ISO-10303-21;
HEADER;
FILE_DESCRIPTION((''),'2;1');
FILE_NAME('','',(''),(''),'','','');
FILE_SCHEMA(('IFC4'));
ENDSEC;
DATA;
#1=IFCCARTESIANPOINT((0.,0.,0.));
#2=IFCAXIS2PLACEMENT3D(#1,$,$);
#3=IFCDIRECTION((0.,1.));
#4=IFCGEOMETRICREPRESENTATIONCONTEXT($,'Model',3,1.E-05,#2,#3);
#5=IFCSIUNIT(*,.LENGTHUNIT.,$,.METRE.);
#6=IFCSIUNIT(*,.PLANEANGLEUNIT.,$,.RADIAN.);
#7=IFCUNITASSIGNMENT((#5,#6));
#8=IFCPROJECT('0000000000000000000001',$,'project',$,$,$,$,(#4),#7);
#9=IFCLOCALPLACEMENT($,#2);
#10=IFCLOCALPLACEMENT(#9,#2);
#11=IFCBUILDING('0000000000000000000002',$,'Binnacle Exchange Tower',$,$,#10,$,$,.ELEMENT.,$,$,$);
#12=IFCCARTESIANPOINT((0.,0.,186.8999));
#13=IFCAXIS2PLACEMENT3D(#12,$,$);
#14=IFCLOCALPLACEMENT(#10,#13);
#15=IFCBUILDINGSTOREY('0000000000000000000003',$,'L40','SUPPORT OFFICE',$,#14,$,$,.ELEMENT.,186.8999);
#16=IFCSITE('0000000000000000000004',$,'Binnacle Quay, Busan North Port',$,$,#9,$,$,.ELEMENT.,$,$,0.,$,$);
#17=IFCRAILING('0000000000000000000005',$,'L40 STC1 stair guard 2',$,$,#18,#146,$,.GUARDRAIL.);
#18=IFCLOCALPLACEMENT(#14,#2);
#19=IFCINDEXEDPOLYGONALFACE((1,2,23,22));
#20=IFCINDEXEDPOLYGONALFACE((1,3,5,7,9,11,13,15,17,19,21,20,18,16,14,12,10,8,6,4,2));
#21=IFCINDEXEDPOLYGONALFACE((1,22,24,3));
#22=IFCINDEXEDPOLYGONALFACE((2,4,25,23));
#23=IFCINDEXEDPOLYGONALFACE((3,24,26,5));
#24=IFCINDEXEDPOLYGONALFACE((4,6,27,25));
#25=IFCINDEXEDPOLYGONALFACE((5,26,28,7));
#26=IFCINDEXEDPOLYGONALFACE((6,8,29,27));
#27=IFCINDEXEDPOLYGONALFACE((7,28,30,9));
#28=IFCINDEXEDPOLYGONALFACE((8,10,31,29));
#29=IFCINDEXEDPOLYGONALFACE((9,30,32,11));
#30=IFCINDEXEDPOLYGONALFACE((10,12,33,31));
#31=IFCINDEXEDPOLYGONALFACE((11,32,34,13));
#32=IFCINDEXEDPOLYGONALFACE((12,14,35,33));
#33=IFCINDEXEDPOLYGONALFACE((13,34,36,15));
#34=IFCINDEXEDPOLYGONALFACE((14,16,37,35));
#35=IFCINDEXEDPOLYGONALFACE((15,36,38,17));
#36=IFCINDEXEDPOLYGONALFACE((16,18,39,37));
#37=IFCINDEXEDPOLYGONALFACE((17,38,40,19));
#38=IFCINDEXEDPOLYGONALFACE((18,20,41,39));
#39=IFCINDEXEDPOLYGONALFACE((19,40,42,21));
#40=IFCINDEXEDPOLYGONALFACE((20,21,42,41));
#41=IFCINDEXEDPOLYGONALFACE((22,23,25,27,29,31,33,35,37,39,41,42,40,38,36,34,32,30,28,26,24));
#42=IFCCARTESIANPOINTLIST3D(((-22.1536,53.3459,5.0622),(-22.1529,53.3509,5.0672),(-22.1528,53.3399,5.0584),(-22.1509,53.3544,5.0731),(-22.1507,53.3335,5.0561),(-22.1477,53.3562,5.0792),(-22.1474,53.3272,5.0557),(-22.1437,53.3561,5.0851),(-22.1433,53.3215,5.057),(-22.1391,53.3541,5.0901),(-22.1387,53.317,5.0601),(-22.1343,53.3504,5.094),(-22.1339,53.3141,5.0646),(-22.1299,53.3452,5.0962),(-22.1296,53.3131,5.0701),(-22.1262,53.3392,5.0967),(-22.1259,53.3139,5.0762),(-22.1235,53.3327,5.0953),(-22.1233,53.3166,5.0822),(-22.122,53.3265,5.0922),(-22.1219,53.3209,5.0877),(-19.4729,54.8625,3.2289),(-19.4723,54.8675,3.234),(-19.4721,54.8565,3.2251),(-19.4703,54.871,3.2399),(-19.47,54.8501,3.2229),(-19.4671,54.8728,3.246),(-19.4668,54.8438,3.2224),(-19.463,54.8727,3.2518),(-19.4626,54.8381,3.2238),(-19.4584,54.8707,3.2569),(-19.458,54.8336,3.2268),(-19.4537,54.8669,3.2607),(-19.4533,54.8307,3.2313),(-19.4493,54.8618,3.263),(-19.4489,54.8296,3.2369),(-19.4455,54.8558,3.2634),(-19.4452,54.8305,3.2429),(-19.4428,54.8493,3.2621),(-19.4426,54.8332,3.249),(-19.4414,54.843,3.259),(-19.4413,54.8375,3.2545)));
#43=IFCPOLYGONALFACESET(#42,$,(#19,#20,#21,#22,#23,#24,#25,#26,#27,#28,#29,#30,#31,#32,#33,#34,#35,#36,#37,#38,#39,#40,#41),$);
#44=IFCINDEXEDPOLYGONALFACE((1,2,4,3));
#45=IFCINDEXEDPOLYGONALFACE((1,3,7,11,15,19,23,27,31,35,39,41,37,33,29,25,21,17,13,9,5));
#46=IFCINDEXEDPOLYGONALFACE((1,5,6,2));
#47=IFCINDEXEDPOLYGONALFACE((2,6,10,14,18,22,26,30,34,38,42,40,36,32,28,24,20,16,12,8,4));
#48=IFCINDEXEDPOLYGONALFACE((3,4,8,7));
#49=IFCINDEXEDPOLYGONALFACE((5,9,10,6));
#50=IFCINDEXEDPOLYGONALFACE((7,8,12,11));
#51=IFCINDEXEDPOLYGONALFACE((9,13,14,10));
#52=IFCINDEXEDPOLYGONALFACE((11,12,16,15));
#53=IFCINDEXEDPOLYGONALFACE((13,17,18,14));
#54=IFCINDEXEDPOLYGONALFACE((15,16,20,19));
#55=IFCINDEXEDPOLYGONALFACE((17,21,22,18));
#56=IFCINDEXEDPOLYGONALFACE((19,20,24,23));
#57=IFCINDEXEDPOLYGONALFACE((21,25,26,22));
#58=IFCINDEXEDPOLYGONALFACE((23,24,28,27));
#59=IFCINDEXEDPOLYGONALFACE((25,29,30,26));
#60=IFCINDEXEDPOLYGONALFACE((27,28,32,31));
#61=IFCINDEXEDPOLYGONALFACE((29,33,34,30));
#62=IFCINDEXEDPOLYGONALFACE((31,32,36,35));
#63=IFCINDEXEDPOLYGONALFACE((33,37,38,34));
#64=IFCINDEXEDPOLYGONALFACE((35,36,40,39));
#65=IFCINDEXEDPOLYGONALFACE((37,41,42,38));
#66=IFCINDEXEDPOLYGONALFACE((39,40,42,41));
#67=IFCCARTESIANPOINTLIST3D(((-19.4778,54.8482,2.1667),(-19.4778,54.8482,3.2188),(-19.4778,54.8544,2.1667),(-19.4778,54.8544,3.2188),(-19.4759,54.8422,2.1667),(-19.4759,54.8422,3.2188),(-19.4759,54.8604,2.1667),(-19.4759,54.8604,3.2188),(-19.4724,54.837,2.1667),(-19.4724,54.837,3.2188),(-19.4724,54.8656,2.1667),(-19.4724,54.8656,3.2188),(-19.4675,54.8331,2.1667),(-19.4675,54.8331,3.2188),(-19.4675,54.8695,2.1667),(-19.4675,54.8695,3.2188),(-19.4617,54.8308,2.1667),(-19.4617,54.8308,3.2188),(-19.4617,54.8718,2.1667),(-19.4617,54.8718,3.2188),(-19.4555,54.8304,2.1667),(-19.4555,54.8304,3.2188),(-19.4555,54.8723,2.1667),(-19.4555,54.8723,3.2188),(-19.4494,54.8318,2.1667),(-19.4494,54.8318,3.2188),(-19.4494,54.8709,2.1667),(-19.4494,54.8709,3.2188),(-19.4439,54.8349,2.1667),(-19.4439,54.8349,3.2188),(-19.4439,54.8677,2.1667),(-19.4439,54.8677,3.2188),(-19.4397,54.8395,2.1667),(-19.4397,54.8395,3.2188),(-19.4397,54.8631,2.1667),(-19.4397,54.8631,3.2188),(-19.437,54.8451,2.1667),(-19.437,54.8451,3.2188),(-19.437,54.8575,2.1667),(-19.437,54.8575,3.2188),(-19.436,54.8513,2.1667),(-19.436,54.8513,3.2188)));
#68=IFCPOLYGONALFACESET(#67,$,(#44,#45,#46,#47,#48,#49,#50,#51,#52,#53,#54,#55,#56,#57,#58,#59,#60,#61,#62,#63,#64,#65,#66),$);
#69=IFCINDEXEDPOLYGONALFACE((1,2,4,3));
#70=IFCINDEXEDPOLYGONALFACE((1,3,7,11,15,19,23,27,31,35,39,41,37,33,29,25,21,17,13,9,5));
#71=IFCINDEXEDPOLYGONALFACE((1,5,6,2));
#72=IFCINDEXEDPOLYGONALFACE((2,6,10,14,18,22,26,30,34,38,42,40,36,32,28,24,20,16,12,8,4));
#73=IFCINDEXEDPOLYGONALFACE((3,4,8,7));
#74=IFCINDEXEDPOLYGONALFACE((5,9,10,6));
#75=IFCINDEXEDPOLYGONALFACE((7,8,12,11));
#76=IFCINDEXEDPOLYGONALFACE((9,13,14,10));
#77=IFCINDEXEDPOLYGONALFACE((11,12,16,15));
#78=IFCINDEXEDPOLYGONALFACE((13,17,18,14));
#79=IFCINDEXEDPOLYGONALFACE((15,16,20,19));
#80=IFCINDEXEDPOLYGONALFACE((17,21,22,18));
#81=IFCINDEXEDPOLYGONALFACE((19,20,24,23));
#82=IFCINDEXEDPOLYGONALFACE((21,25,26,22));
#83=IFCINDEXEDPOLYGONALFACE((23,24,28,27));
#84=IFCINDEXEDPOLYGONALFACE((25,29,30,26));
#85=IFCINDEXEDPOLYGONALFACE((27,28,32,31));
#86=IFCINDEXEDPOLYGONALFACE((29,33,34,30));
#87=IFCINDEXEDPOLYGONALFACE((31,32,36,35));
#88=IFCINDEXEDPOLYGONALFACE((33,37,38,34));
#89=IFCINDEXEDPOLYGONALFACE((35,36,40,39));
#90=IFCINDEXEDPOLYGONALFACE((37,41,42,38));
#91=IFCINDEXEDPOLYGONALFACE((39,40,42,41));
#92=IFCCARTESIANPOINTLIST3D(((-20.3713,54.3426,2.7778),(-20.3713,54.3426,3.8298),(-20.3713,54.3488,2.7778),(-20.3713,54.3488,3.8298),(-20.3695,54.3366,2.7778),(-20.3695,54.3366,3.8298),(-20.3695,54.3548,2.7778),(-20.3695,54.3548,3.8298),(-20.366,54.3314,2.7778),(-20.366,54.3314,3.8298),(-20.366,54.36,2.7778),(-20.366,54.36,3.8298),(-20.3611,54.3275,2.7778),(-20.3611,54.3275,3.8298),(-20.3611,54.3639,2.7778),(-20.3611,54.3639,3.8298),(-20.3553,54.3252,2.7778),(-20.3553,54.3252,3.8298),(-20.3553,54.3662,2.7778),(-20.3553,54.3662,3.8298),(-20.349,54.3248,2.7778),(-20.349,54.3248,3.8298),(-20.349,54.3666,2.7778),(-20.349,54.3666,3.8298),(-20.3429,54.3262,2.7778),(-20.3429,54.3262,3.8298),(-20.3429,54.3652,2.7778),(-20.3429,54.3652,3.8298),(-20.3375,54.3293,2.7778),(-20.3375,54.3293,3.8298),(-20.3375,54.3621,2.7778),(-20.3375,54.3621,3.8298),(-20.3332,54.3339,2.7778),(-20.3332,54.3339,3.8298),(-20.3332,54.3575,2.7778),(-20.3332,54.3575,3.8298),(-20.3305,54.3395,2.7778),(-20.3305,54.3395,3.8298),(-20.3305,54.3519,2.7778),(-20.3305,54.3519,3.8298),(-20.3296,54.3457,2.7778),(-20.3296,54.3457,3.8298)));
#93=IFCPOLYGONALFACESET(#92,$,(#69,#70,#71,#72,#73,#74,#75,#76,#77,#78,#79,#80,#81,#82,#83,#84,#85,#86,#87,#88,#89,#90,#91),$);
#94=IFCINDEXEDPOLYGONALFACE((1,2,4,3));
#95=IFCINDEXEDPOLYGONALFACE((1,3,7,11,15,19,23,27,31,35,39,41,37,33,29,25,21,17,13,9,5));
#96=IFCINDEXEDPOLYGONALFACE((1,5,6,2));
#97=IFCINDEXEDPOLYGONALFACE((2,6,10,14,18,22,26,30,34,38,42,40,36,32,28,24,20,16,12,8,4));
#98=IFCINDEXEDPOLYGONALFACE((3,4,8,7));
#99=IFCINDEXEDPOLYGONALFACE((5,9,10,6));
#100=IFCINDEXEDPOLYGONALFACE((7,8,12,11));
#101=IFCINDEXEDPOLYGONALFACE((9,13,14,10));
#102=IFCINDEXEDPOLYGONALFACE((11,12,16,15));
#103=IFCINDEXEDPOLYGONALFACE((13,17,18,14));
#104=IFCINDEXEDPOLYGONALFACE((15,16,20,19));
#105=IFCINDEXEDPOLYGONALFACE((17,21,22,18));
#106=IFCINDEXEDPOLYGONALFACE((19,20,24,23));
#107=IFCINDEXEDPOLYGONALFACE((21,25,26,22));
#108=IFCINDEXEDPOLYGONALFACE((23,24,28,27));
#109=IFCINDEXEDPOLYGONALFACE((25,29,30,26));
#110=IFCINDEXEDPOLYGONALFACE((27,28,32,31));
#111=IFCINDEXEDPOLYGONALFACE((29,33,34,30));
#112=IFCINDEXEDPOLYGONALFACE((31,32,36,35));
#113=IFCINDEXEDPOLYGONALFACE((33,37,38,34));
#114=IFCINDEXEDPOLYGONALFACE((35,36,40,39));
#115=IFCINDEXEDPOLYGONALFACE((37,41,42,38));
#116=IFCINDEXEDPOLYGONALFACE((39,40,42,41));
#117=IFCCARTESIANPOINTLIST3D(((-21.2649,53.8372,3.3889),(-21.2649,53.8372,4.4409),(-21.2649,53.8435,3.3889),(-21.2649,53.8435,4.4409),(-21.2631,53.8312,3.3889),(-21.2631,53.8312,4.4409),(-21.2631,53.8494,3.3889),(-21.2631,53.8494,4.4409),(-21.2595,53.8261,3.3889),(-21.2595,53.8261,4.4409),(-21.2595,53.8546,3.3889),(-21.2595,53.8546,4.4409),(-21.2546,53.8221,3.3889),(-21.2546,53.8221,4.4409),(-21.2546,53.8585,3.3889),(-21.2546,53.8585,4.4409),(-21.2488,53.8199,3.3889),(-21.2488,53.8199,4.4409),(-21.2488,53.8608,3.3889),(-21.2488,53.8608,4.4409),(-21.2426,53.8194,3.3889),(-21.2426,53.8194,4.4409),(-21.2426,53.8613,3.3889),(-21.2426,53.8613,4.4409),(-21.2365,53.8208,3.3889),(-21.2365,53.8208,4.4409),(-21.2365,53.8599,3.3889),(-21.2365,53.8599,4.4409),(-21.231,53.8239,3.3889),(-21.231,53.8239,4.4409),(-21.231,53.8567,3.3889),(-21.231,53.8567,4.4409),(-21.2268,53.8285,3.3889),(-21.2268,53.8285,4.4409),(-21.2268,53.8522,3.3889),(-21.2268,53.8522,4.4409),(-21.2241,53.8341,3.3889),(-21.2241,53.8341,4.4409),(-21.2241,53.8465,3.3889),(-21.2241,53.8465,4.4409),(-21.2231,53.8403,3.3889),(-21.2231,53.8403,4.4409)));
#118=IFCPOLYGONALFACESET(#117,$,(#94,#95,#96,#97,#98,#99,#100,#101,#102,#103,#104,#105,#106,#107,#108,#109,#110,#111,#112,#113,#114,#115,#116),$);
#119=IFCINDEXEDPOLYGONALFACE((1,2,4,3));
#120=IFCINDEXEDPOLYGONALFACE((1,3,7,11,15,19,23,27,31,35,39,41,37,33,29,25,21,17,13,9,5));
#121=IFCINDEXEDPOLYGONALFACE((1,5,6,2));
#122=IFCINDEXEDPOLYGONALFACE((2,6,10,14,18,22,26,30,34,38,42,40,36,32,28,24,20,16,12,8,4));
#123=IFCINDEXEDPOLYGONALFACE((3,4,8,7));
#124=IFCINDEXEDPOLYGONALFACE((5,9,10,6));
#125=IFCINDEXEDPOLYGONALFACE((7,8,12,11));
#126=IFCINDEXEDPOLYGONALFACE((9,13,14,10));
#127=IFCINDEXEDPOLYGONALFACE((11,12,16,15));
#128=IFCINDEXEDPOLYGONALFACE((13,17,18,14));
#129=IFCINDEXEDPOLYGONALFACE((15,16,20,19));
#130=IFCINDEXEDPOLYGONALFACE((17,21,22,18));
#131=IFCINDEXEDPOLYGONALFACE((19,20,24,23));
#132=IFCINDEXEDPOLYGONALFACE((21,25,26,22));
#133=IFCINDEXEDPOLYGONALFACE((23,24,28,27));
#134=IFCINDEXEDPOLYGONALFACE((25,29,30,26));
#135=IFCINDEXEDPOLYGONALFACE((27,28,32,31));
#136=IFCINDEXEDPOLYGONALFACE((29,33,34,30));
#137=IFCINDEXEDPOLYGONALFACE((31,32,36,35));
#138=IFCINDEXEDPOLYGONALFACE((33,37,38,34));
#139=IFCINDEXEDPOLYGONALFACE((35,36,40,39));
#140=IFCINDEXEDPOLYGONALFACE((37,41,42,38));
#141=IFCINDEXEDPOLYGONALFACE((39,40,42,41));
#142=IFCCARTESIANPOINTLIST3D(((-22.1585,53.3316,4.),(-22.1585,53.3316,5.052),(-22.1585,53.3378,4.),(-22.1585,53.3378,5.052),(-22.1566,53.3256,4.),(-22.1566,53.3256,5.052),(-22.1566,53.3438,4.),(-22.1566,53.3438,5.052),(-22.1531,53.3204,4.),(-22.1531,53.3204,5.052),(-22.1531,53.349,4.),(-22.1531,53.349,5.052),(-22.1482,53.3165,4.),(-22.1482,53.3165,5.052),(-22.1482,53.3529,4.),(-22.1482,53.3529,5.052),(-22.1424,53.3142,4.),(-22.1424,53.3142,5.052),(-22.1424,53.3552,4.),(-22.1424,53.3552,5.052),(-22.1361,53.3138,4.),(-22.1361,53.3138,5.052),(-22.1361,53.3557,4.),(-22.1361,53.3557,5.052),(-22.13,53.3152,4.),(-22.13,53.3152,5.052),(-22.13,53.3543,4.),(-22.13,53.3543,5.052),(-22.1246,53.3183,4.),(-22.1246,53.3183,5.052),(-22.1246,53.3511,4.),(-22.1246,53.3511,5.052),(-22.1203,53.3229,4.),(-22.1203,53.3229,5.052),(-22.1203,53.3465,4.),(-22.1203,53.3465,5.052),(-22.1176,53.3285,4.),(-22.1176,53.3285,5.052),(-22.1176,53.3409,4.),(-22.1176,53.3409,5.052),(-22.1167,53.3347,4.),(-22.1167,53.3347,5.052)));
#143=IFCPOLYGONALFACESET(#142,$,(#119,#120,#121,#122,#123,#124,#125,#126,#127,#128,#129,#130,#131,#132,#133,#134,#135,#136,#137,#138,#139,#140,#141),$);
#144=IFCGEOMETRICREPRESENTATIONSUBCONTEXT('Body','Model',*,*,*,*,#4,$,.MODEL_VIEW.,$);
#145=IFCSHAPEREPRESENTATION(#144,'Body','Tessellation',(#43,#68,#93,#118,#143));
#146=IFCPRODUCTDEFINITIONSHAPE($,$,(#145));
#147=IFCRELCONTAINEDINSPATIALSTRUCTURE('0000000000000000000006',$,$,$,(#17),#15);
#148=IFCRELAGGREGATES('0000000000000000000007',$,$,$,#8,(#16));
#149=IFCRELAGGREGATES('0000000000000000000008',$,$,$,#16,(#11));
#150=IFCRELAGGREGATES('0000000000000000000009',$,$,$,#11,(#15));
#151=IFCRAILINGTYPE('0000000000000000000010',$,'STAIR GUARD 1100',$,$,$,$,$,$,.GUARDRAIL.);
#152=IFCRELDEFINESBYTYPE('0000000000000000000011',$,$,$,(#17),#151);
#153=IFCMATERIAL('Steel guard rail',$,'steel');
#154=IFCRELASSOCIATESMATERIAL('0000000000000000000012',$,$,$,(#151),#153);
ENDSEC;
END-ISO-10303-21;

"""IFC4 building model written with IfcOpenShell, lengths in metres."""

from ifc_helpers import new_model, si_unit, direction, frame, origin, origin_2d, place, context, subcontext, project, spatial, circle, extrude, material, type_object, element, save


model = new_model("IFC4")

# Units and contexts
model_context = context("Model", 3, precision=1e-05, world=origin(), true_north=direction((0.0, 1.0)))
body_context = subcontext(model_context, "Body", "Model", "MODEL_VIEW")
ifc_project = project(units=[si_unit("LENGTHUNIT", "METRE"), si_unit("PLANEANGLEUNIT", "RADIAN")], contexts=[model_context])

# Site, building, storey
site_placement = place(None, origin())
site = spatial("IfcSite", under=ifc_project, at=site_placement, Name="Binnacle Quay, Busan North Port", CompositionType="ELEMENT", RefElevation=0.0)
building_placement = place(site_placement, origin())
building = spatial("IfcBuilding", under=site, at=building_placement, Name="Binnacle Exchange Tower", CompositionType="ELEMENT")
storey_placement = place(building_placement, frame((0.0, 0.0, 186.8999)))
storey = spatial("IfcBuildingStorey", under=building, at=storey_placement, Name="L40", Description="SUPPORT OFFICE", CompositionType="ELEMENT", Elevation=186.8999)

# Railing
ifc_material_1 = material(Name="Steel guard rail", Category="steel")
railing_type_1 = type_object("IfcRailingType", Name="STAIR GUARD 1100", PredefinedType="GUARDRAIL", material=ifc_material_1)
railing_1_placement = place(storey_placement, frame((-19.457, 54.8513, 2.1667)))
element("IfcRailing", 1, at=railing_1_placement, inside=storey, type_object=railing_type_1, Name="L40 STC1 stair guard 2", PredefinedType="GUARDRAIL", context=body_context, shape_type="SweptSolid", body=[
    extrude(circle(Radius=0.0239, at=origin_2d()), frame((0.0, 0.0, 1.0762), z_axis=(-0.747901, -0.423129, 0.511474), x_axis=(0.492412, -0.870362, 0.0)), (0.0, 0.0, 1.0), 3.5842),
    extrude(circle(Radius=0.021, at=origin_2d()), origin(), (0.0, 0.0, 1.0), 1.052),
    extrude(circle(Radius=0.021, at=origin_2d()), frame((-0.8936, -0.5056, 0.6111)), (0.0, 0.0, 1.0), 1.052),
    extrude(circle(Radius=0.021, at=origin_2d()), frame((-1.7871, -1.011, 1.2222)), (0.0, 0.0, 1.0), 1.052),
    extrude(circle(Radius=0.021, at=origin_2d()), frame((-2.6807, -1.5166, 1.8333)), (0.0, 0.0, 1.0), 1.052),
])

save(model, "model.ifc")
